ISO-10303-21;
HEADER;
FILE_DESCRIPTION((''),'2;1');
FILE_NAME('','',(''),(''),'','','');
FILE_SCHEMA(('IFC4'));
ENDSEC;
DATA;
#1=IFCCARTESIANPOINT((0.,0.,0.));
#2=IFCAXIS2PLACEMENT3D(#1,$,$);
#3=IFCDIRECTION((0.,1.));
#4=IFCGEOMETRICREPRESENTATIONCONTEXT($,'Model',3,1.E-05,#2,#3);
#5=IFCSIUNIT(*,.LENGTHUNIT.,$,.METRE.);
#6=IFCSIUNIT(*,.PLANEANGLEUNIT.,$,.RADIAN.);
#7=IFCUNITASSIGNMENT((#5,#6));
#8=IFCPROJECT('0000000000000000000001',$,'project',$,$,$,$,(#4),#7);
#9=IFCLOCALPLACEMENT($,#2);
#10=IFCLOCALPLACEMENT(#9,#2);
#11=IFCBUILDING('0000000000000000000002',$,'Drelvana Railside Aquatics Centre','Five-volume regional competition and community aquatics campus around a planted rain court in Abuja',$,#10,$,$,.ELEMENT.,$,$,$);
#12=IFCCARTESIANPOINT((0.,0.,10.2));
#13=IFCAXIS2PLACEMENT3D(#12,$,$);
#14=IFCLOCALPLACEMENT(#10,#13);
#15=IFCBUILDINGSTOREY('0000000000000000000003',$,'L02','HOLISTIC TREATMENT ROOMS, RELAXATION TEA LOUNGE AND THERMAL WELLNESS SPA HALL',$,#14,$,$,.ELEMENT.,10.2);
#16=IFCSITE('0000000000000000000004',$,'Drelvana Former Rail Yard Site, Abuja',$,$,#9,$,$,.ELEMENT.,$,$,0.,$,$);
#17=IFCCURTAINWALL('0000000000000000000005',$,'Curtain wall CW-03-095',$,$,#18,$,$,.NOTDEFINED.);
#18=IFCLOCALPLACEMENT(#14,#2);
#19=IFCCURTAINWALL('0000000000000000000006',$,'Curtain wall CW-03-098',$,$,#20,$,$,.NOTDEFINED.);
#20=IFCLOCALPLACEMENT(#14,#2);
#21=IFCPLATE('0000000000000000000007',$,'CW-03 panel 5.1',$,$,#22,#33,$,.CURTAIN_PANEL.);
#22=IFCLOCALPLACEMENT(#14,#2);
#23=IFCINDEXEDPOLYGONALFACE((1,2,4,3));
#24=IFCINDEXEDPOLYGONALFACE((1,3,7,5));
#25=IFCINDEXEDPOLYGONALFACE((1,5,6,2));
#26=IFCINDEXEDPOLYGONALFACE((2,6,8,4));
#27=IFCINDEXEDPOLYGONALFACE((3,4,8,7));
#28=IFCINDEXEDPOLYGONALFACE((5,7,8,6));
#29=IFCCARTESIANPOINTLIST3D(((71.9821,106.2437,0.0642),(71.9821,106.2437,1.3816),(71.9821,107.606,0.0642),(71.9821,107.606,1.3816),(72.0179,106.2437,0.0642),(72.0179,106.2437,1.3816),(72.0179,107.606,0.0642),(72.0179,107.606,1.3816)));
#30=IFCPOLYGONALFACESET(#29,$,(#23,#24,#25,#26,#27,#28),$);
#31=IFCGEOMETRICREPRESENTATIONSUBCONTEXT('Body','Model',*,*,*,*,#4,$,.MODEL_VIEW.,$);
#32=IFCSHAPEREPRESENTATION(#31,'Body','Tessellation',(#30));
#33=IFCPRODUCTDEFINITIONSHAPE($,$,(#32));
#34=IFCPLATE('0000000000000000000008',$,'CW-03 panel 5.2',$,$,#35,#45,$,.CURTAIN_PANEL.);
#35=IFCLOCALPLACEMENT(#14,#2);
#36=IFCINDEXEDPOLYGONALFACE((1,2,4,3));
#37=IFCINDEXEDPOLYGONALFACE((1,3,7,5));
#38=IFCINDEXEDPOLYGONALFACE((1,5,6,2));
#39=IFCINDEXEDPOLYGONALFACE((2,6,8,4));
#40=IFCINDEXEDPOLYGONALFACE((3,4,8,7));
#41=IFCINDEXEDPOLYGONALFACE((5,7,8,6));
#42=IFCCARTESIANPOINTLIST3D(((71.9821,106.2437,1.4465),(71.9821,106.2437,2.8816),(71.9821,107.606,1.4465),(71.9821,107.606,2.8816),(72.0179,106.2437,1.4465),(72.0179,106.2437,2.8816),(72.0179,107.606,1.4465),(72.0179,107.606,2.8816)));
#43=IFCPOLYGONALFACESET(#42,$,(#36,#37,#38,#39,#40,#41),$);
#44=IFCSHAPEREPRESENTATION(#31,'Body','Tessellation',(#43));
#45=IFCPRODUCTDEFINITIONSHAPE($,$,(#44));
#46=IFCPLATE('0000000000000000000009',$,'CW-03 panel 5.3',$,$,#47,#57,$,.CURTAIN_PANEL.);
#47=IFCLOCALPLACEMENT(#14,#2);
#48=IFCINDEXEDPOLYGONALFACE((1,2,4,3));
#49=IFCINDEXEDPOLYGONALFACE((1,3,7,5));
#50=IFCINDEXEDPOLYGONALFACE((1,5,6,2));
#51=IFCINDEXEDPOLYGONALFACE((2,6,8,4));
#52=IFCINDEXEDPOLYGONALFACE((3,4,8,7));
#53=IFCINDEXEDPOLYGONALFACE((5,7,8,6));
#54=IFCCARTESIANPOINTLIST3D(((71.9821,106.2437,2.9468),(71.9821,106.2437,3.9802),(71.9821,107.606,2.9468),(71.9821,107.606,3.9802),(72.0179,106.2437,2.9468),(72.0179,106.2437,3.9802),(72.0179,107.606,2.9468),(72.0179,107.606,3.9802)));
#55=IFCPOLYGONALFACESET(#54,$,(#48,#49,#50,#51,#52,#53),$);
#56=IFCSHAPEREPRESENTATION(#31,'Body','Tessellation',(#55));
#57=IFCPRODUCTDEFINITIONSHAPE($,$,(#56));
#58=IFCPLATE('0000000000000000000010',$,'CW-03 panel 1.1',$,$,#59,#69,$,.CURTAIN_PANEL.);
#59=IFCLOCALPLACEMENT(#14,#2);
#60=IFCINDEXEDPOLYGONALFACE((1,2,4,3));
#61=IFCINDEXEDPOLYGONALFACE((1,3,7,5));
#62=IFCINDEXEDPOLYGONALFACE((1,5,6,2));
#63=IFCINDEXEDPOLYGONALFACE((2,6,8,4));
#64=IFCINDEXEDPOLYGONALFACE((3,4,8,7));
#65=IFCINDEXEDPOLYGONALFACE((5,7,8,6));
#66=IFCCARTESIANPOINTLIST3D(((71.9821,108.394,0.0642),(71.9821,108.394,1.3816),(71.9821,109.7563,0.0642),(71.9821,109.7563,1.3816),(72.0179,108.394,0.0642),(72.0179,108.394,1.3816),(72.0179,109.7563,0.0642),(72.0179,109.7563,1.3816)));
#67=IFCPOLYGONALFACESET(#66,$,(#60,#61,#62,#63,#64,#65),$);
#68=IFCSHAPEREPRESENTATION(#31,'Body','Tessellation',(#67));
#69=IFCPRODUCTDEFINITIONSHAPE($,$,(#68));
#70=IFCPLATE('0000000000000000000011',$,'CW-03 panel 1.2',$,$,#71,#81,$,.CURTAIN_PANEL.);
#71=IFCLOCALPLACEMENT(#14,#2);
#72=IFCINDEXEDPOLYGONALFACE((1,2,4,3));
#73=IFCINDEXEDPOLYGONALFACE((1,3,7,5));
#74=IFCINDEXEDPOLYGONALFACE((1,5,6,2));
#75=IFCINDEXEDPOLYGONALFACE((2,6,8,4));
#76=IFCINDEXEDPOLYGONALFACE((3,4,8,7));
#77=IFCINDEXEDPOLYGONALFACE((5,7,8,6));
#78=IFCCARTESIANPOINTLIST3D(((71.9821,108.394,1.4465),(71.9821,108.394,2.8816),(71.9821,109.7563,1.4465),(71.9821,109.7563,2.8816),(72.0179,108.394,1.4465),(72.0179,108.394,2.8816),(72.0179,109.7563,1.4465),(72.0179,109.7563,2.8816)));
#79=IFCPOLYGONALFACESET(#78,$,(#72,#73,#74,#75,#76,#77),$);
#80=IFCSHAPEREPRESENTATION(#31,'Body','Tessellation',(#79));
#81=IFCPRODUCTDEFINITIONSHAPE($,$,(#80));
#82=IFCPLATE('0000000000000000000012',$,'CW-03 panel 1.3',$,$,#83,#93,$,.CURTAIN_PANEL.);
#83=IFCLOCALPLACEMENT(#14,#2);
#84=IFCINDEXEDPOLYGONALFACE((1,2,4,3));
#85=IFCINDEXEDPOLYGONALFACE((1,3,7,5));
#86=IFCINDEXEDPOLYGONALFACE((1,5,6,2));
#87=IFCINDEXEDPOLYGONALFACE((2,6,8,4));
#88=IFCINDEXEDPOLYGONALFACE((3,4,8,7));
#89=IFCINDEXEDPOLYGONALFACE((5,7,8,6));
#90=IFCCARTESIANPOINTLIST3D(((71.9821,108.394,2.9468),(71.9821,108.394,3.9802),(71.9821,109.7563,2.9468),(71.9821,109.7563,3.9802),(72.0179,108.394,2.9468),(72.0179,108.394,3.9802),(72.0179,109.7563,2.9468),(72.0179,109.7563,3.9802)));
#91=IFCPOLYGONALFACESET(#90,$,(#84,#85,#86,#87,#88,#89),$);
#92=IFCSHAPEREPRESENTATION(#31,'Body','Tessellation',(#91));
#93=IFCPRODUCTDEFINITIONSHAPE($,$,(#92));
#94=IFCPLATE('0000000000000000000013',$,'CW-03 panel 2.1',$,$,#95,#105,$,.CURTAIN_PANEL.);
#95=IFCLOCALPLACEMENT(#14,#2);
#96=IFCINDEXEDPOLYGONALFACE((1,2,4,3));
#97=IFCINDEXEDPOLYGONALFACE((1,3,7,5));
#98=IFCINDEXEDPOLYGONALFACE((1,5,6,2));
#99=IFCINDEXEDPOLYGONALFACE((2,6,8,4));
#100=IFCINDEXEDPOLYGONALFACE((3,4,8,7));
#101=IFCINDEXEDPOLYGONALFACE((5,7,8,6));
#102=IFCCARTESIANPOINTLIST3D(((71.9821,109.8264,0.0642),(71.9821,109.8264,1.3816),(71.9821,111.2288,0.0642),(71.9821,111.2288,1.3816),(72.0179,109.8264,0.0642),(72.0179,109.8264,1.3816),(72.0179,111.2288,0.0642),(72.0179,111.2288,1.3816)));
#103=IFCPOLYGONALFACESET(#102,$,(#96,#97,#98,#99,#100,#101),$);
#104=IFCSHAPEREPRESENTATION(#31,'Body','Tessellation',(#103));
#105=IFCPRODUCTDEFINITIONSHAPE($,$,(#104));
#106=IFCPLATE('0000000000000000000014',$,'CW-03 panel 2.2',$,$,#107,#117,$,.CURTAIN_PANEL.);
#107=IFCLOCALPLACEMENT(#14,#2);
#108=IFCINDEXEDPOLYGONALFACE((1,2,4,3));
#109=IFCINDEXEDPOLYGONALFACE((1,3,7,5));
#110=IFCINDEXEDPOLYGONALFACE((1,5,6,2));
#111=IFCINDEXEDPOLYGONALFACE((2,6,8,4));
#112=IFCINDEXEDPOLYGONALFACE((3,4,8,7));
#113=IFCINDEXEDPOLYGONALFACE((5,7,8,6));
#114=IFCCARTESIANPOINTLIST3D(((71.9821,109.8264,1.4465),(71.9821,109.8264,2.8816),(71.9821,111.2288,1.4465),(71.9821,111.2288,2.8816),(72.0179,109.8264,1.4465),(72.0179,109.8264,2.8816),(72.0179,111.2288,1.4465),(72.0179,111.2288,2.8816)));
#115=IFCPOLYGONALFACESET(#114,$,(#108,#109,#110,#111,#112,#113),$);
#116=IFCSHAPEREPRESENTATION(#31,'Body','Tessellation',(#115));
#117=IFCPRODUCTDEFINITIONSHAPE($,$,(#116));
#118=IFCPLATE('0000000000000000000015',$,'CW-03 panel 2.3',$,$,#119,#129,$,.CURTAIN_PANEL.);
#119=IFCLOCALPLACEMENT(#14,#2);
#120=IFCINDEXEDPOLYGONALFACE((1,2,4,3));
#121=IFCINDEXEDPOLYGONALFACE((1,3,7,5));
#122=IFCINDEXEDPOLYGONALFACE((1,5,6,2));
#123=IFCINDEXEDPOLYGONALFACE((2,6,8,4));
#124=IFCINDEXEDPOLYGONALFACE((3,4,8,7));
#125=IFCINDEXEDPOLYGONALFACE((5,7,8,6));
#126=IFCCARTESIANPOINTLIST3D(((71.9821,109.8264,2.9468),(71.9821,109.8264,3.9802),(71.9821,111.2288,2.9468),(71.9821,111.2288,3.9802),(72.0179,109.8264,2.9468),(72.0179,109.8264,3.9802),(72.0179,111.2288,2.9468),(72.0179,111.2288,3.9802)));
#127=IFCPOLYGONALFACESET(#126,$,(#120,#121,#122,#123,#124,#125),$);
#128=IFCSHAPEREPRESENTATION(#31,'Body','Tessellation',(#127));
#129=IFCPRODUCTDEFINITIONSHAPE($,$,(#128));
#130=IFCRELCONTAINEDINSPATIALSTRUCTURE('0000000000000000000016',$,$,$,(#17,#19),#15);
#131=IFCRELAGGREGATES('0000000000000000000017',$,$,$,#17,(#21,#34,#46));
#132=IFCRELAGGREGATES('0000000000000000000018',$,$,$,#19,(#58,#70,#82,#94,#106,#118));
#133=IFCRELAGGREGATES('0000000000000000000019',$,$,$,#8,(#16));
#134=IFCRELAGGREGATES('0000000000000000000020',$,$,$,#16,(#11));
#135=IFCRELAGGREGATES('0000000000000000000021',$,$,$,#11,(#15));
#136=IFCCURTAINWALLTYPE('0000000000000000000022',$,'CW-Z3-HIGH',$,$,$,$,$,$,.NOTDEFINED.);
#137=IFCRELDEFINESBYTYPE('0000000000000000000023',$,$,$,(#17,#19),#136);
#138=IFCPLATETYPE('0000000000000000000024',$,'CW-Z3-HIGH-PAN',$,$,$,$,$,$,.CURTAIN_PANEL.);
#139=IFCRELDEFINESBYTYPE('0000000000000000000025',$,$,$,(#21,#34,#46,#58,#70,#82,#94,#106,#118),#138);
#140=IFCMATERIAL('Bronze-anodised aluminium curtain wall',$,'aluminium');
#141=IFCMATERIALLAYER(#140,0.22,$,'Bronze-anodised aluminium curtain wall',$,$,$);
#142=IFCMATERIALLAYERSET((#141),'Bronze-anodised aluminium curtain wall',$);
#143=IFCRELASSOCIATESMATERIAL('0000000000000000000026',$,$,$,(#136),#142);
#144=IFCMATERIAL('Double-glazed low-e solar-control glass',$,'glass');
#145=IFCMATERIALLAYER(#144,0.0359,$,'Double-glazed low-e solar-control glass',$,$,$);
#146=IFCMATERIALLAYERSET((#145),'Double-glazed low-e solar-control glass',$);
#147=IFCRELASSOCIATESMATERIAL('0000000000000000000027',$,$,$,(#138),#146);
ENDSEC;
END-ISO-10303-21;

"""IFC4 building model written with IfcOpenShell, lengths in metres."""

from ifc_helpers import new_model, si_unit, direction, frame, origin, origin_2d, place, context, subcontext, project, spatial, rectangle, extrude, material, layer, layer_set, type_object, element, aggregate, save


model = new_model("IFC4")

# Units and contexts
model_context = context("Model", 3, precision=1e-05, world=origin(), true_north=direction((0.0, 1.0)))
body_context = subcontext(model_context, "Body", "Model", "MODEL_VIEW")
ifc_project = project(units=[si_unit("LENGTHUNIT", "METRE"), si_unit("PLANEANGLEUNIT", "RADIAN")], contexts=[model_context])

# Site, building, storey
site_placement = place(None, origin())
site = spatial("IfcSite", under=ifc_project, at=site_placement, Name="Drelvana Former Rail Yard Site, Abuja", CompositionType="ELEMENT", RefElevation=0.0)
building_placement = place(site_placement, origin())
building = spatial("IfcBuilding", under=site, at=building_placement, Name="Drelvana Railside Aquatics Centre", Description="Five-volume regional competition and community aquatics campus around a planted rain court in Abuja", CompositionType="ELEMENT")
storey_placement = place(building_placement, frame((0.0, 0.0, 10.2)))
storey = spatial("IfcBuildingStorey", under=building, at=storey_placement, Name="L02", Description="HOLISTIC TREATMENT ROOMS, RELAXATION TEA LOUNGE AND THERMAL WELLNESS SPA HALL", CompositionType="ELEMENT", Elevation=10.2)

# Curtain wall
ifc_material_1 = material(Name="Bronze-anodised aluminium curtain wall", Category="aluminium")
ifc_layer_1 = layer(ifc_material_1, 0.22, Name="Bronze-anodised aluminium curtain wall")
ifc_layer_set_1 = layer_set([ifc_layer_1], Name="Bronze-anodised aluminium curtain wall")
curtain_wall_type = type_object("IfcCurtainWallType", Name="CW-Z3-HIGH", PredefinedType="NOTDEFINED", material=ifc_layer_set_1)
curtain_wall_1_placement = place(storey_placement, origin())
curtain_wall_1 = element("IfcCurtainWall", 1, at=curtain_wall_1_placement, inside=storey, type_object=curtain_wall_type, Name="Curtain wall CW-03-095", PredefinedType="NOTDEFINED")

# Curtain wall
curtain_wall_2_placement = place(storey_placement, origin())
curtain_wall_2 = element("IfcCurtainWall", 2, at=curtain_wall_2_placement, inside=storey, type_object=curtain_wall_type, Name="Curtain wall CW-03-098", PredefinedType="NOTDEFINED")

# Plates
ifc_material_2 = material(Name="Double-glazed low-e solar-control glass", Category="glass")
ifc_layer_2 = layer(ifc_material_2, 0.0359, Name="Double-glazed low-e solar-control glass")
ifc_layer_set_2 = layer_set([ifc_layer_2], Name="Double-glazed low-e solar-control glass")
plate_type = type_object("IfcPlateType", Name="CW-Z3-HIGH-PAN", PredefinedType="CURTAIN_PANEL", material=ifc_layer_set_2)
plate_1_placement = place(storey_placement, frame((72.0, 106.9248, 0.0642), z_axis=(0.0, 0.0, 1.0), x_axis=(0.0, 1.0, 0.0)))
plate_1 = element("IfcPlate", 3, at=plate_1_placement, type_object=plate_type, Name="CW-03 panel 5.1", PredefinedType="CURTAIN_PANEL", context=body_context, shape_type="SweptSolid", body=[
    extrude(rectangle(XDim=1.3623, YDim=0.0359, at=origin_2d()), origin(), (0.0, 0.0, 1.0), 1.3174),
])
plate_2_placement = place(storey_placement, frame((72.0, 106.9248, 1.4465), z_axis=(0.0, 0.0, 1.0), x_axis=(0.0, 1.0, 0.0)))
plate_2 = element("IfcPlate", 4, at=plate_2_placement, type_object=plate_type, Name="CW-03 panel 5.2", PredefinedType="CURTAIN_PANEL", context=body_context, shape_type="SweptSolid", body=[
    extrude(rectangle(XDim=1.3623, YDim=0.0359, at=origin_2d()), origin(), (0.0, 0.0, 1.0), 1.4351),
])
plate_3_placement = place(storey_placement, frame((72.0, 106.9248, 2.9468), z_axis=(0.0, 0.0, 1.0), x_axis=(0.0, 1.0, 0.0)))
plate_3 = element("IfcPlate", 5, at=plate_3_placement, type_object=plate_type, Name="CW-03 panel 5.3", PredefinedType="CURTAIN_PANEL", context=body_context, shape_type="SweptSolid", body=[
    extrude(rectangle(XDim=1.3623, YDim=0.0359, at=origin_2d()), origin(), (0.0, 0.0, 1.0), 1.0334),
])
aggregate(curtain_wall_1, [plate_1, plate_2, plate_3])
plate_4_placement = place(storey_placement, frame((72.0, 109.0752, 0.0642), z_axis=(0.0, 0.0, 1.0), x_axis=(0.0, 1.0, 0.0)))
plate_4 = element("IfcPlate", 6, at=plate_4_placement, type_object=plate_type, Name="CW-03 panel 1.1", PredefinedType="CURTAIN_PANEL", context=body_context, shape_type="SweptSolid", body=[
    extrude(rectangle(XDim=1.3623, YDim=0.0359, at=origin_2d()), origin(), (0.0, 0.0, 1.0), 1.3174),
])
plate_5_placement = place(storey_placement, frame((72.0, 109.0752, 1.4465), z_axis=(0.0, 0.0, 1.0), x_axis=(0.0, 1.0, 0.0)))
plate_5 = element("IfcPlate", 7, at=plate_5_placement, type_object=plate_type, Name="CW-03 panel 1.2", PredefinedType="CURTAIN_PANEL", context=body_context, shape_type="SweptSolid", body=[
    extrude(rectangle(XDim=1.3623, YDim=0.0359, at=origin_2d()), origin(), (0.0, 0.0, 1.0), 1.4351),
])
plate_6_placement = place(storey_placement, frame((72.0, 109.0752, 2.9468), z_axis=(0.0, 0.0, 1.0), x_axis=(0.0, 1.0, 0.0)))
plate_6 = element("IfcPlate", 8, at=plate_6_placement, type_object=plate_type, Name="CW-03 panel 1.3", PredefinedType="CURTAIN_PANEL", context=body_context, shape_type="SweptSolid", body=[
    extrude(rectangle(XDim=1.3623, YDim=0.0359, at=origin_2d()), origin(), (0.0, 0.0, 1.0), 1.0334),
])
plate_7_placement = place(storey_placement, frame((72.0, 110.5276, 0.0642), z_axis=(0.0, 0.0, 1.0), x_axis=(0.0, 1.0, 0.0)))
plate_7 = element("IfcPlate", 9, at=plate_7_placement, type_object=plate_type, Name="CW-03 panel 2.1", PredefinedType="CURTAIN_PANEL", context=body_context, shape_type="SweptSolid", body=[
    extrude(rectangle(XDim=1.4023, YDim=0.0359, at=origin_2d()), origin(), (0.0, 0.0, 1.0), 1.3174),
])
plate_8_placement = place(storey_placement, frame((72.0, 110.5276, 1.4465), z_axis=(0.0, 0.0, 1.0), x_axis=(0.0, 1.0, 0.0)))
plate_8 = element("IfcPlate", 10, at=plate_8_placement, type_object=plate_type, Name="CW-03 panel 2.2", PredefinedType="CURTAIN_PANEL", context=body_context, shape_type="SweptSolid", body=[
    extrude(rectangle(XDim=1.4023, YDim=0.0359, at=origin_2d()), origin(), (0.0, 0.0, 1.0), 1.4351),
])
plate_9_placement = place(storey_placement, frame((72.0, 110.5276, 2.9468), z_axis=(0.0, 0.0, 1.0), x_axis=(0.0, 1.0, 0.0)))
plate_9 = element("IfcPlate", 11, at=plate_9_placement, type_object=plate_type, Name="CW-03 panel 2.3", PredefinedType="CURTAIN_PANEL", context=body_context, shape_type="SweptSolid", body=[
    extrude(rectangle(XDim=1.4023, YDim=0.0359, at=origin_2d()), origin(), (0.0, 0.0, 1.0), 1.0334),
])
aggregate(curtain_wall_2, [plate_4, plate_5, plate_6, plate_7, plate_8, plate_9])

save(model, "model.ifc")
